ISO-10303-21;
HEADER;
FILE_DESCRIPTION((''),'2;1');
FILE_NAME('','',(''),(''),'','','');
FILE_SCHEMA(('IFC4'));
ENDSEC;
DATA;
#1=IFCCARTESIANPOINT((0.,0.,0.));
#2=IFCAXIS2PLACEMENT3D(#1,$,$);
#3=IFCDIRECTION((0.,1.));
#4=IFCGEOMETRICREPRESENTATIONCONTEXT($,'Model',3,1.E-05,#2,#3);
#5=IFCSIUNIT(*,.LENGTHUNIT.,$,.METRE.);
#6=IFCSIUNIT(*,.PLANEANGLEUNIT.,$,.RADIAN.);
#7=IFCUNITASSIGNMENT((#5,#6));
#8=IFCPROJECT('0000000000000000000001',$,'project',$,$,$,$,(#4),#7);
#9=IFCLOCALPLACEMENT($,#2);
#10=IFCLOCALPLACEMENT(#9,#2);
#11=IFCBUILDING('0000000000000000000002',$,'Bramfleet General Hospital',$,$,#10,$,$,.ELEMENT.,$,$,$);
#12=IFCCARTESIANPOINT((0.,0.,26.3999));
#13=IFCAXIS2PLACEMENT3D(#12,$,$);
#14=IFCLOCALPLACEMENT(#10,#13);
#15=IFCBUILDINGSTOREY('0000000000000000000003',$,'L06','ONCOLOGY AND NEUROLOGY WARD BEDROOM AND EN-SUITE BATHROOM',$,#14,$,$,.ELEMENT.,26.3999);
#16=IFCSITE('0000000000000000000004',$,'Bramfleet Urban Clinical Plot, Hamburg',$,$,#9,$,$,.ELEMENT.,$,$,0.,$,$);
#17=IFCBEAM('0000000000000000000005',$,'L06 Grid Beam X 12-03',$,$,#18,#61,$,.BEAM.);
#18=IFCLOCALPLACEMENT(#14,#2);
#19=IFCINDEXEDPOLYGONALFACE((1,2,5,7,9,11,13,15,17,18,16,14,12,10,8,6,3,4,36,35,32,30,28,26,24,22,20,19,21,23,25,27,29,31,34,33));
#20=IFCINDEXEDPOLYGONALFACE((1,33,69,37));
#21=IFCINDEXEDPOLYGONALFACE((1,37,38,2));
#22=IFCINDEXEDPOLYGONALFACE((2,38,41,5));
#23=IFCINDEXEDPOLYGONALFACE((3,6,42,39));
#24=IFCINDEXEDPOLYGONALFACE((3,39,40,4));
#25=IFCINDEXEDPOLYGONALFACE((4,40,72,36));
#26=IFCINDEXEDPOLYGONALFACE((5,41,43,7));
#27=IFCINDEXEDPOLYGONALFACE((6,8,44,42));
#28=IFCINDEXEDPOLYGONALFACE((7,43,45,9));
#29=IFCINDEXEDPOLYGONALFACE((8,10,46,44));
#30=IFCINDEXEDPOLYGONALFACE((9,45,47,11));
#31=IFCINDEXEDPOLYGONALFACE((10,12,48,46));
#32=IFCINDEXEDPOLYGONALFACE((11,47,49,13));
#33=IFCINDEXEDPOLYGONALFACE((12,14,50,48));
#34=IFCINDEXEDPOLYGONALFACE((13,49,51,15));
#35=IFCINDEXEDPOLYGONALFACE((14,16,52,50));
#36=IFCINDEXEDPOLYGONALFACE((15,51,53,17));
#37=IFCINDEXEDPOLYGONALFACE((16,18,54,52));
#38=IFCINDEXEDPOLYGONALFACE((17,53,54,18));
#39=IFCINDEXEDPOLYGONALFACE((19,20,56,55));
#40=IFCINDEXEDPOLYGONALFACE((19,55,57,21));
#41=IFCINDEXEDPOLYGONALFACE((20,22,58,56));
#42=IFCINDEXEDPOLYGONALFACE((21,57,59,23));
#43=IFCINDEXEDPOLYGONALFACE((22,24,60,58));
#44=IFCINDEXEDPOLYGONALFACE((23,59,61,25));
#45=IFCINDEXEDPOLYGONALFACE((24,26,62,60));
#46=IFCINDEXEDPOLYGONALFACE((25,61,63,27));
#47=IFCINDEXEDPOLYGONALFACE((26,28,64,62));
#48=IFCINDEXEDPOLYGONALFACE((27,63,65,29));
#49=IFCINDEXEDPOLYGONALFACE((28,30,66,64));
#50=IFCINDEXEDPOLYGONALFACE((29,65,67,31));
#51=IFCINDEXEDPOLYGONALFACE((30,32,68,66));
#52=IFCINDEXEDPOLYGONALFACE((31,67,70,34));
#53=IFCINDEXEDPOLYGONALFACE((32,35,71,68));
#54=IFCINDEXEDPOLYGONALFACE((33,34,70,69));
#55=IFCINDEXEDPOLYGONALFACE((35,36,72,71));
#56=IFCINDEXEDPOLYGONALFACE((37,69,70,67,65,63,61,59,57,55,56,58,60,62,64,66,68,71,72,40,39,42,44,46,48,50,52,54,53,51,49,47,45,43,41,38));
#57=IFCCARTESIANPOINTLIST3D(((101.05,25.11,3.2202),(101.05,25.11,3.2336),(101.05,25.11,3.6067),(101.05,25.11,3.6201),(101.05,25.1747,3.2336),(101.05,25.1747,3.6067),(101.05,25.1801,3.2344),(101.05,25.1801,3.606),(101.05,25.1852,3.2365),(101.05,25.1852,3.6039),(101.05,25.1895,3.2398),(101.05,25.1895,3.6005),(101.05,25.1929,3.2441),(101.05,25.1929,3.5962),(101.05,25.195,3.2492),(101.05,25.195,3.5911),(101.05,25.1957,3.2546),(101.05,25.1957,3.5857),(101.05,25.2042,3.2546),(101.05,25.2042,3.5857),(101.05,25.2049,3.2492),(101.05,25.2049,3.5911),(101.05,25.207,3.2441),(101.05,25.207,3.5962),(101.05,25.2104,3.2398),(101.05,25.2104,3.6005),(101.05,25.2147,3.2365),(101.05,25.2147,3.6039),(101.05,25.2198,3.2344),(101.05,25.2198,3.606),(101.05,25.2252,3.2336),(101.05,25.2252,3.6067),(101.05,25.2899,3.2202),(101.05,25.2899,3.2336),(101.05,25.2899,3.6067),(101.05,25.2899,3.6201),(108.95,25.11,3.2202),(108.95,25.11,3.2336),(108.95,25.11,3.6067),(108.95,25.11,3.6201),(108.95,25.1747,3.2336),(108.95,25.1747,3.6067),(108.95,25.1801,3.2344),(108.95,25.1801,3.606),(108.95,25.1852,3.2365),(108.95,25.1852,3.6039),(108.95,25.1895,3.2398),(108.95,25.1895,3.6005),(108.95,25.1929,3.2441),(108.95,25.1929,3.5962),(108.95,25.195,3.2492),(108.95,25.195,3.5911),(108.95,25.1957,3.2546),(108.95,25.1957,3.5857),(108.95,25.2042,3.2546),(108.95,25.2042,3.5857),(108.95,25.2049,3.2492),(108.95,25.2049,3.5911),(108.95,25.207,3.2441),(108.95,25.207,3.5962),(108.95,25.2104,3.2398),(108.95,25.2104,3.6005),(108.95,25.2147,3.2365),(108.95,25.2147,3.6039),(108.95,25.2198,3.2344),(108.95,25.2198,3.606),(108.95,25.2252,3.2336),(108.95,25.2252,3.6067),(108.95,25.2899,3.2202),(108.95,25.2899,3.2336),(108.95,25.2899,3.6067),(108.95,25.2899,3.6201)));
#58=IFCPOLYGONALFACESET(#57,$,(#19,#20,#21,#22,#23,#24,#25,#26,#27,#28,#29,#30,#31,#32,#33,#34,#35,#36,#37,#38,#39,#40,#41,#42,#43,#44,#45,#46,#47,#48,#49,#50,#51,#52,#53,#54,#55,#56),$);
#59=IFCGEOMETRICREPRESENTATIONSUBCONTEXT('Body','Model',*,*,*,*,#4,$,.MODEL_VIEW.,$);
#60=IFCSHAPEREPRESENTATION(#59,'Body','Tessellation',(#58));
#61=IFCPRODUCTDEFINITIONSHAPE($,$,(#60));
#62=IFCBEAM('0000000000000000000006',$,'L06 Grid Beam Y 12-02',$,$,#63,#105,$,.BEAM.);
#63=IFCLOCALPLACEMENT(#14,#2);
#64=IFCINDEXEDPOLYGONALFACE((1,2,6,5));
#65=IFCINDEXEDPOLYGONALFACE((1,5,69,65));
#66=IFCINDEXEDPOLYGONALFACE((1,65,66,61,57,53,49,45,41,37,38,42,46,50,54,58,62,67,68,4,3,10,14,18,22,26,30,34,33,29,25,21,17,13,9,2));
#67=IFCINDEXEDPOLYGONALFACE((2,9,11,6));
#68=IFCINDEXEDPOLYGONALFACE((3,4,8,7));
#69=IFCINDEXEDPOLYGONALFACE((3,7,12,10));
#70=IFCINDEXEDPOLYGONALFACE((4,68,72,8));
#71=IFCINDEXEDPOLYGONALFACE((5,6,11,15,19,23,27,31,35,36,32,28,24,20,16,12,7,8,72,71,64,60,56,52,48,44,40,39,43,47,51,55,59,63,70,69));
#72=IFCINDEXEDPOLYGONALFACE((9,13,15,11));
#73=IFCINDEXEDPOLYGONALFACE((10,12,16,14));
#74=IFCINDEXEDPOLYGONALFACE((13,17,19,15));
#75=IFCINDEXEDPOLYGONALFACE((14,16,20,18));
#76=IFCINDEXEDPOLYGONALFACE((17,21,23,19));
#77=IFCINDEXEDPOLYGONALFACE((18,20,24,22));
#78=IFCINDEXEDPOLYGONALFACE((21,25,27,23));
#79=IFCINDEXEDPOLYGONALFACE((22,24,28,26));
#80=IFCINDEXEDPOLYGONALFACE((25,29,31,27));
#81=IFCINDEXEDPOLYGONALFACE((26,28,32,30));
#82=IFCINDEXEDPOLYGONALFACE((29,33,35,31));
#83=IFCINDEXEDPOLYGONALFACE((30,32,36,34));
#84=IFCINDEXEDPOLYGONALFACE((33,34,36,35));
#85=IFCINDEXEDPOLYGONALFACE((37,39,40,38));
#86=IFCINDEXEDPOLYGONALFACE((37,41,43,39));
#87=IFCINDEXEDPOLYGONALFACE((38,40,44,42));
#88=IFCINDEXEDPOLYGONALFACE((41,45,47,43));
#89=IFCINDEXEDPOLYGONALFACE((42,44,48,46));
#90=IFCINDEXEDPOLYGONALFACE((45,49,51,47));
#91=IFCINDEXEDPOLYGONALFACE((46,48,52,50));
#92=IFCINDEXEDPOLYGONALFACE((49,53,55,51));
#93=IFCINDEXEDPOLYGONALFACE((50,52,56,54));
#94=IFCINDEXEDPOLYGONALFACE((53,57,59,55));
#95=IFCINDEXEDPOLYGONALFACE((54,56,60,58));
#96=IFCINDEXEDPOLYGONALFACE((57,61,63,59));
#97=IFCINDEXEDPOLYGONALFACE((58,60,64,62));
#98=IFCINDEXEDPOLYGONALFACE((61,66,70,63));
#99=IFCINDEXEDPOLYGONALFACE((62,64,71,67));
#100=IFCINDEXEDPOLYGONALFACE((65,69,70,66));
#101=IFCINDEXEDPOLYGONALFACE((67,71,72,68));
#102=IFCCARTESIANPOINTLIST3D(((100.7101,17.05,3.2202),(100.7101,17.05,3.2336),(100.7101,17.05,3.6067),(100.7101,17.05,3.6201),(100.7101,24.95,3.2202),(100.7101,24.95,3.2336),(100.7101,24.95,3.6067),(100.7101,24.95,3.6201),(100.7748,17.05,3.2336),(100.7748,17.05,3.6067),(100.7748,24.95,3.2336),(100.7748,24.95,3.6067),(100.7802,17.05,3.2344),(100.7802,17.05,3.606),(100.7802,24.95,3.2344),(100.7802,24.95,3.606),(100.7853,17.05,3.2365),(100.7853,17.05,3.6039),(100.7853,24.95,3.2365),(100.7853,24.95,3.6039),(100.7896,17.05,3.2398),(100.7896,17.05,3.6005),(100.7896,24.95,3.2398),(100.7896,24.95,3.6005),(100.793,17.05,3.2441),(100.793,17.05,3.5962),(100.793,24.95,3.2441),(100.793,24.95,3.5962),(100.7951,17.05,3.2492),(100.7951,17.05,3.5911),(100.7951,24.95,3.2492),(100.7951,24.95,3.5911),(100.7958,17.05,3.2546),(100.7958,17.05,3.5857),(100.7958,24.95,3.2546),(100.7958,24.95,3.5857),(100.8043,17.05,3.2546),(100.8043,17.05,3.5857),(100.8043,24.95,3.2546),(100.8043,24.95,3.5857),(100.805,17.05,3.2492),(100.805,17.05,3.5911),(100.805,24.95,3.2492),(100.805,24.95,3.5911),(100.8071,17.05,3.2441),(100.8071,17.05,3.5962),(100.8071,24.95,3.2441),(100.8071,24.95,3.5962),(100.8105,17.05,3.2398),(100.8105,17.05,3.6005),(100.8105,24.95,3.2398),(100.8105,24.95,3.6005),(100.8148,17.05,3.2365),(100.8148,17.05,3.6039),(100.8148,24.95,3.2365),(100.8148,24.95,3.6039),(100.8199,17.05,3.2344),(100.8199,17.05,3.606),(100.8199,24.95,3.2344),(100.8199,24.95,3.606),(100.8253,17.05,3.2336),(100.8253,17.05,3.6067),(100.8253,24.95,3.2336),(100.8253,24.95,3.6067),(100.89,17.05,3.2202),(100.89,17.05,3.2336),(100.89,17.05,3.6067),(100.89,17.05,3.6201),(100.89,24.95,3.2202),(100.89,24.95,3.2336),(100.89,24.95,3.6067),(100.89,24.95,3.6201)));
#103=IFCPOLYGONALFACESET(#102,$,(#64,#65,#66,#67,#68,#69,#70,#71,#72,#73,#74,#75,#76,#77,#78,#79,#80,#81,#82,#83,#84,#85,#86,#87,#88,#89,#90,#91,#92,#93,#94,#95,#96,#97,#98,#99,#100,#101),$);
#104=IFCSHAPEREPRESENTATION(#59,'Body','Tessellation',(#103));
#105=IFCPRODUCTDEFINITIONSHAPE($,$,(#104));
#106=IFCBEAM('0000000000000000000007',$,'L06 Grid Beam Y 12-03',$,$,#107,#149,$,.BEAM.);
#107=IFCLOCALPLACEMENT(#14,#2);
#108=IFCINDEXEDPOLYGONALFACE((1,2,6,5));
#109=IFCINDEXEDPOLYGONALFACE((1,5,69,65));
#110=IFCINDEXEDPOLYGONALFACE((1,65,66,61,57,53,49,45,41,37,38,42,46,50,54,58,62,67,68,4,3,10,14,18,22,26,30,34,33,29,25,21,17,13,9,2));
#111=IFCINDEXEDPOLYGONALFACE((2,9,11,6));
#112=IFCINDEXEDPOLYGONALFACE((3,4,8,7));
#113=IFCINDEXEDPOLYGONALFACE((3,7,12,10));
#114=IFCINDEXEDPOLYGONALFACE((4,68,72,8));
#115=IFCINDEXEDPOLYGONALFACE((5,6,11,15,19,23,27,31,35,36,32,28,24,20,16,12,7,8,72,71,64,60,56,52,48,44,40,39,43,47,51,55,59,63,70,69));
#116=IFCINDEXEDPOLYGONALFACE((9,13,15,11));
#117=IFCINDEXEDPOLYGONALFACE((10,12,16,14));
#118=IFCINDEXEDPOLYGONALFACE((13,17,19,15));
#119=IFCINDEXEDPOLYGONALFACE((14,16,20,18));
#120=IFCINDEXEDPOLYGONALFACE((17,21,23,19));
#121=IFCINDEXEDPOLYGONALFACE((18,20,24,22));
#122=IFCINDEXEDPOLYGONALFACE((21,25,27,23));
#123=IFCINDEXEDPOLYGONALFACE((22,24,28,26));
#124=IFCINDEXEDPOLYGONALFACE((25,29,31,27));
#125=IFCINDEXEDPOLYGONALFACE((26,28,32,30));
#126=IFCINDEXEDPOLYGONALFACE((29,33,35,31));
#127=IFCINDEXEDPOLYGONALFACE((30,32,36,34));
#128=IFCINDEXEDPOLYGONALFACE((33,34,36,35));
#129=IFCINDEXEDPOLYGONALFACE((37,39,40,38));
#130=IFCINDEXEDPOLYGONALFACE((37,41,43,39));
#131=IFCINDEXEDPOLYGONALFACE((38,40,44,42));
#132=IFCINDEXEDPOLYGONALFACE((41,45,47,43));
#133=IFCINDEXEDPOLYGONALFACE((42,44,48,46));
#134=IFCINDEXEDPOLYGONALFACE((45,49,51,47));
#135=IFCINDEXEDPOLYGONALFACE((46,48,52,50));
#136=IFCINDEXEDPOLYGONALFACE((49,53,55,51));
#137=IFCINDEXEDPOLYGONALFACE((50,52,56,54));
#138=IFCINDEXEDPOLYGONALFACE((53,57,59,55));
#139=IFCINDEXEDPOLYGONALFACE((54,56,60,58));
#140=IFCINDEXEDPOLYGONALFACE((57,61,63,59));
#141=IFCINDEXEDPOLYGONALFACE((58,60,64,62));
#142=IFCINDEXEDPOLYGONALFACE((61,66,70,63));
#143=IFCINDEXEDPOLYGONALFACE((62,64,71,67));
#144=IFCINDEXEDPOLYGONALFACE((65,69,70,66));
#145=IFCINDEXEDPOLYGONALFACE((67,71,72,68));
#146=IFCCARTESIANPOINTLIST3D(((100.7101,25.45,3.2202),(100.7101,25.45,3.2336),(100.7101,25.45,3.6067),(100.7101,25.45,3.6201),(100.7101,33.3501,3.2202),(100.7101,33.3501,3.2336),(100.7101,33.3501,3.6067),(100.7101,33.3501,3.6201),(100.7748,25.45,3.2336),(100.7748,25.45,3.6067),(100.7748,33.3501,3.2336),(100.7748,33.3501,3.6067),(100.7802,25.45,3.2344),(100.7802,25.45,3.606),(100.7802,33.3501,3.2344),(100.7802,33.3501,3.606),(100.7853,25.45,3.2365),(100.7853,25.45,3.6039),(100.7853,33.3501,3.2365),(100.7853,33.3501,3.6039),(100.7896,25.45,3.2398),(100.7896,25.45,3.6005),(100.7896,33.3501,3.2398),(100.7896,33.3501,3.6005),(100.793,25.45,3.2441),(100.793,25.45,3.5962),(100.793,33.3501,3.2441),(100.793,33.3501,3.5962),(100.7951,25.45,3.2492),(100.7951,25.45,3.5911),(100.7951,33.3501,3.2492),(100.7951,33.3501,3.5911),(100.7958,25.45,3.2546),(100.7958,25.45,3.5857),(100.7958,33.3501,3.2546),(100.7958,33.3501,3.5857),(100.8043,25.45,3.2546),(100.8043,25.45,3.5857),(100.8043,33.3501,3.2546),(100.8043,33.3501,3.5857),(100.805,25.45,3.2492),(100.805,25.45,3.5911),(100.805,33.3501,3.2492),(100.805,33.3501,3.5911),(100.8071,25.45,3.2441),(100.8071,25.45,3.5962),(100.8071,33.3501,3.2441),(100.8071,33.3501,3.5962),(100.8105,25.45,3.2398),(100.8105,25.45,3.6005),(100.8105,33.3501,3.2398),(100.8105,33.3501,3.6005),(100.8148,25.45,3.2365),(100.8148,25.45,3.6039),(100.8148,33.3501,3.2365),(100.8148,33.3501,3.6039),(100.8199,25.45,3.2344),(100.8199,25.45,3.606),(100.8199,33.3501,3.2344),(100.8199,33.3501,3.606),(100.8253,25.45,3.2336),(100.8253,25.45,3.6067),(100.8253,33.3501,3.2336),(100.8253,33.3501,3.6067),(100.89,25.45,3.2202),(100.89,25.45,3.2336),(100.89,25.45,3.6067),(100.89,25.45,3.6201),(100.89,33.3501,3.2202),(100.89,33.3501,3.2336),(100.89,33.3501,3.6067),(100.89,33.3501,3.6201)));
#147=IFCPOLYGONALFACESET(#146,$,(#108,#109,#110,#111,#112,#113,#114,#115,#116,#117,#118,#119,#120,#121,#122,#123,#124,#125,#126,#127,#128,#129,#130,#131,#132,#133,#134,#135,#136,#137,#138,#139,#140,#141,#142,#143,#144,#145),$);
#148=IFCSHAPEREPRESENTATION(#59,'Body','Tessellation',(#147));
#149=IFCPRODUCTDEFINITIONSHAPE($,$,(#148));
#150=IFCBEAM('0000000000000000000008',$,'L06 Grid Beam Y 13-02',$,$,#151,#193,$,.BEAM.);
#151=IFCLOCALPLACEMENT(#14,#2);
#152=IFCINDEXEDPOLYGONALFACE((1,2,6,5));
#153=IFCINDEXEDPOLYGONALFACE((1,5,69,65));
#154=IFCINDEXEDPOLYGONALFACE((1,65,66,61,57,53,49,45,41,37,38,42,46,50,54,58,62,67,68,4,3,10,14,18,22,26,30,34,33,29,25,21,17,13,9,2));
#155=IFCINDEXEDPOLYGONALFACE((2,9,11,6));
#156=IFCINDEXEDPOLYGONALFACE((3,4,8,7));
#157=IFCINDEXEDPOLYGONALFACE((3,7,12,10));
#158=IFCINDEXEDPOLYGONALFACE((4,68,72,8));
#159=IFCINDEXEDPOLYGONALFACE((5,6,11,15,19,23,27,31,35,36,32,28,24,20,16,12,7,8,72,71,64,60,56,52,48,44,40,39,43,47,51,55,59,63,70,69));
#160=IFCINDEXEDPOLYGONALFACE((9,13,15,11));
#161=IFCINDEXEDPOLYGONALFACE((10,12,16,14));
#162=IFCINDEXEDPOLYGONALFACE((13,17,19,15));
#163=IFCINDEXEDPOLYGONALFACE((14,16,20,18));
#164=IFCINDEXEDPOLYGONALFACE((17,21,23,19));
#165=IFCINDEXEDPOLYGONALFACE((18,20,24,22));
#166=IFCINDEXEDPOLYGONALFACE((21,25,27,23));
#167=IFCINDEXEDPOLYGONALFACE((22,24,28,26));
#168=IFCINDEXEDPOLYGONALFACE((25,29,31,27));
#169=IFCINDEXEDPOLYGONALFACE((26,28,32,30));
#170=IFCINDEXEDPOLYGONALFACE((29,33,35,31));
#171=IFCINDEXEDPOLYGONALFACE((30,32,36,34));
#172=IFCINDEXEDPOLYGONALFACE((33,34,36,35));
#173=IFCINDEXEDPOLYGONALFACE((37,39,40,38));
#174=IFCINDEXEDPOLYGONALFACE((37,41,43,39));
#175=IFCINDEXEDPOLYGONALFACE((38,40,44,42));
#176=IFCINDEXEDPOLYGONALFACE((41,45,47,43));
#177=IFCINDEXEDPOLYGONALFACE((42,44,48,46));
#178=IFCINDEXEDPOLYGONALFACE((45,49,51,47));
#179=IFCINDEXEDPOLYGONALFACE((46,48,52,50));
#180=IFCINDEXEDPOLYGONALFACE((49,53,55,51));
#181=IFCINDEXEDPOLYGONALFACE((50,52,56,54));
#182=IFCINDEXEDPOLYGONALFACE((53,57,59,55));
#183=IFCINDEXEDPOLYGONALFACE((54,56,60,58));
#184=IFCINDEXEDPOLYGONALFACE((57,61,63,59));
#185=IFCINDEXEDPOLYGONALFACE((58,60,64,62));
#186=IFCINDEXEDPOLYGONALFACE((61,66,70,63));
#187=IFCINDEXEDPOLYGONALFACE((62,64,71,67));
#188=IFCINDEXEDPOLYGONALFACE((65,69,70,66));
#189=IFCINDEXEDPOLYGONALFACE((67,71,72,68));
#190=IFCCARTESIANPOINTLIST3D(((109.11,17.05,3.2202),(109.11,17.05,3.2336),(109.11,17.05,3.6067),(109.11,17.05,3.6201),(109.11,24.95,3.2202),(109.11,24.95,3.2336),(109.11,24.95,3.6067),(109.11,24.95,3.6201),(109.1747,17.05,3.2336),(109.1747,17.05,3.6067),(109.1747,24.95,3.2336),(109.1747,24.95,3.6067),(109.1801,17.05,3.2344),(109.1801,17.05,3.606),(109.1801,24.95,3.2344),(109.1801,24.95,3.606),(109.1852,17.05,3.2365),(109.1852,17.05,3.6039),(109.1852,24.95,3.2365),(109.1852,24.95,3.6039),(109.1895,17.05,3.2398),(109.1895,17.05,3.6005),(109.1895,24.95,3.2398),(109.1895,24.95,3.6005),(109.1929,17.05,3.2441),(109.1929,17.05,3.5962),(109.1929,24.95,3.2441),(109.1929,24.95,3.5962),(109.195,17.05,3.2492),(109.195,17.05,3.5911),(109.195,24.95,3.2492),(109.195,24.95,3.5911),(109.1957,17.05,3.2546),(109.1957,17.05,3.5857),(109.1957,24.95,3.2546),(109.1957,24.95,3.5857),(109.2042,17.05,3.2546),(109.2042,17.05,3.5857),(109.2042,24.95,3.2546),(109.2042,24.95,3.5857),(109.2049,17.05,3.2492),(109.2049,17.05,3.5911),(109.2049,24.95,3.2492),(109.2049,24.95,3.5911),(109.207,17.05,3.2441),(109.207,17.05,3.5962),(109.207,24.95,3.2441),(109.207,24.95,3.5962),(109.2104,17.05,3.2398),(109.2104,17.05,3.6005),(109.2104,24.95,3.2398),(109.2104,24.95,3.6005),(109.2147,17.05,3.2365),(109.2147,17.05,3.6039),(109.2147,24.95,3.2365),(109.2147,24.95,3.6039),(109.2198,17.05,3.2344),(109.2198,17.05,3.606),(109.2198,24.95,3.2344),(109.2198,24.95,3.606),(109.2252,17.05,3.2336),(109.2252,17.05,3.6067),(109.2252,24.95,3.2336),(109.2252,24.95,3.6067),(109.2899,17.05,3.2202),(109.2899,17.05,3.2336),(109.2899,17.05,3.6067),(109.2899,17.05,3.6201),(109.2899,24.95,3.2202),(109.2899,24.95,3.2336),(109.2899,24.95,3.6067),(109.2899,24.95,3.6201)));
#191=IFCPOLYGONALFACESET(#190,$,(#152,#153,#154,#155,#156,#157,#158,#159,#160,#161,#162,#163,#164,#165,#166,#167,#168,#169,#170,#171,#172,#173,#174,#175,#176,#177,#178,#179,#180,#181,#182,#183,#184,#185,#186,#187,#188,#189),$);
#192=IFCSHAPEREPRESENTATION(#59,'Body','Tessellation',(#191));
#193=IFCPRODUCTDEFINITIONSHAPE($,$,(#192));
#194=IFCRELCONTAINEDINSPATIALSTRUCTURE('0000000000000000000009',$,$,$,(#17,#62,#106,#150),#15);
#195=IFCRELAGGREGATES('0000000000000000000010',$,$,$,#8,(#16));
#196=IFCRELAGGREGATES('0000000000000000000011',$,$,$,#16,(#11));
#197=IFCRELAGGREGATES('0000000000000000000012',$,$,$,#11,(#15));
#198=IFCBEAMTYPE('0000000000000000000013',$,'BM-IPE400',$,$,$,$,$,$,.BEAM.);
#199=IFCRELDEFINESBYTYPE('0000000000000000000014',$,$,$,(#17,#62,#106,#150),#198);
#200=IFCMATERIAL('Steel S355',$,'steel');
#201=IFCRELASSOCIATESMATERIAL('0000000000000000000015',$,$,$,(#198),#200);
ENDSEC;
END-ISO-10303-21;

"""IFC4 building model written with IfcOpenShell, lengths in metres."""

from ifc_helpers import new_model, si_unit, direction, frame, origin, origin_2d, place, context, subcontext, project, spatial, i_section, extrude, material, material_profile, profile_set, type_object, element, save


model = new_model("IFC4")

# Units and contexts
model_context = context("Model", 3, precision=1e-05, world=origin(), true_north=direction((0.0, 1.0)))
body_context = subcontext(model_context, "Body", "Model", "MODEL_VIEW")
ifc_project = project(units=[si_unit("LENGTHUNIT", "METRE"), si_unit("PLANEANGLEUNIT", "RADIAN")], contexts=[model_context])

# Site, building, storey
site_placement = place(None, origin())
site = spatial("IfcSite", under=ifc_project, at=site_placement, Name="Bramfleet Urban Clinical Plot, Hamburg", CompositionType="ELEMENT", RefElevation=0.0)
building_placement = place(site_placement, origin())
building = spatial("IfcBuilding", under=site, at=building_placement, Name="Bramfleet General Hospital", CompositionType="ELEMENT")
storey_placement = place(building_placement, frame((0.0, 0.0, 26.3999)))
storey = spatial("IfcBuildingStorey", under=building, at=storey_placement, Name="L06", Description="ONCOLOGY AND NEUROLOGY WARD BEDROOM AND EN-SUITE BATHROOM", CompositionType="ELEMENT", Elevation=26.3999)

# Beams
ifc_material_1 = material(Name="Steel S355", Category="steel")
ifc_material_profile_1 = material_profile(ifc_material_1, i_section(OverallWidth=0.1799, OverallDepth=0.3999, WebThickness=0.0085, FlangeThickness=0.0134, FilletRadius=0.021, at=origin_2d()), Name="IPE 400")
ifc_profile_set_1 = profile_set([ifc_material_profile_1], Name="Steel S355")
beam_type_1 = type_object("IfcBeamType", Name="BM-IPE400", PredefinedType="BEAM", material=ifc_profile_set_1)
for number, where, z_axis, x_axis, name in (
    (1, (101.05, 25.2, 3.4202), (1.0, 0.0, 0.0), (0.0, 1.0, 0.0), "L06 Grid Beam X 12-03"),
    (2, (100.8, 17.05, 3.4202), (0.0, 1.0, 0.0), (-1.0, 0.0, 0.0), "L06 Grid Beam Y 12-02"),
):
    element("IfcBeam", number, at=place(storey_placement, frame(where, z_axis=z_axis, x_axis=x_axis)), inside=storey, type_object=beam_type_1, Name=name, PredefinedType="BEAM", context=body_context, shape_type="SweptSolid", body=[
        extrude(i_section(OverallWidth=0.1799, OverallDepth=0.3999, WebThickness=0.0085, FlangeThickness=0.0134, FilletRadius=0.021, at=origin_2d()), origin(), (0.0, 0.0, 1.0), 7.8999),
    ])
beam_1_placement = place(storey_placement, frame((100.8, 25.45, 3.4202), z_axis=(0.0, 1.0, 0.0), x_axis=(-1.0, 0.0, 0.0)))
element("IfcBeam", 3, at=beam_1_placement, inside=storey, type_object=beam_type_1, Name="L06 Grid Beam Y 12-03", PredefinedType="BEAM", context=body_context, shape_type="SweptSolid", body=[
    extrude(i_section(OverallWidth=0.1799, OverallDepth=0.3999, WebThickness=0.0085, FlangeThickness=0.0134, FilletRadius=0.021, at=origin_2d()), origin(), (0.0, 0.0, 1.0), 7.9001),
])
beam_2_placement = place(storey_placement, frame((109.2, 17.05, 3.4202), z_axis=(0.0, 1.0, 0.0), x_axis=(-1.0, 0.0, 0.0)))
element("IfcBeam", 4, at=beam_2_placement, inside=storey, type_object=beam_type_1, Name="L06 Grid Beam Y 13-02", PredefinedType="BEAM", context=body_context, shape_type="SweptSolid", body=[
    extrude(i_section(OverallWidth=0.1799, OverallDepth=0.3999, WebThickness=0.0085, FlangeThickness=0.0134, FilletRadius=0.021, at=origin_2d()), origin(), (0.0, 0.0, 1.0), 7.8999),
])

save(model, "model.ifc")
